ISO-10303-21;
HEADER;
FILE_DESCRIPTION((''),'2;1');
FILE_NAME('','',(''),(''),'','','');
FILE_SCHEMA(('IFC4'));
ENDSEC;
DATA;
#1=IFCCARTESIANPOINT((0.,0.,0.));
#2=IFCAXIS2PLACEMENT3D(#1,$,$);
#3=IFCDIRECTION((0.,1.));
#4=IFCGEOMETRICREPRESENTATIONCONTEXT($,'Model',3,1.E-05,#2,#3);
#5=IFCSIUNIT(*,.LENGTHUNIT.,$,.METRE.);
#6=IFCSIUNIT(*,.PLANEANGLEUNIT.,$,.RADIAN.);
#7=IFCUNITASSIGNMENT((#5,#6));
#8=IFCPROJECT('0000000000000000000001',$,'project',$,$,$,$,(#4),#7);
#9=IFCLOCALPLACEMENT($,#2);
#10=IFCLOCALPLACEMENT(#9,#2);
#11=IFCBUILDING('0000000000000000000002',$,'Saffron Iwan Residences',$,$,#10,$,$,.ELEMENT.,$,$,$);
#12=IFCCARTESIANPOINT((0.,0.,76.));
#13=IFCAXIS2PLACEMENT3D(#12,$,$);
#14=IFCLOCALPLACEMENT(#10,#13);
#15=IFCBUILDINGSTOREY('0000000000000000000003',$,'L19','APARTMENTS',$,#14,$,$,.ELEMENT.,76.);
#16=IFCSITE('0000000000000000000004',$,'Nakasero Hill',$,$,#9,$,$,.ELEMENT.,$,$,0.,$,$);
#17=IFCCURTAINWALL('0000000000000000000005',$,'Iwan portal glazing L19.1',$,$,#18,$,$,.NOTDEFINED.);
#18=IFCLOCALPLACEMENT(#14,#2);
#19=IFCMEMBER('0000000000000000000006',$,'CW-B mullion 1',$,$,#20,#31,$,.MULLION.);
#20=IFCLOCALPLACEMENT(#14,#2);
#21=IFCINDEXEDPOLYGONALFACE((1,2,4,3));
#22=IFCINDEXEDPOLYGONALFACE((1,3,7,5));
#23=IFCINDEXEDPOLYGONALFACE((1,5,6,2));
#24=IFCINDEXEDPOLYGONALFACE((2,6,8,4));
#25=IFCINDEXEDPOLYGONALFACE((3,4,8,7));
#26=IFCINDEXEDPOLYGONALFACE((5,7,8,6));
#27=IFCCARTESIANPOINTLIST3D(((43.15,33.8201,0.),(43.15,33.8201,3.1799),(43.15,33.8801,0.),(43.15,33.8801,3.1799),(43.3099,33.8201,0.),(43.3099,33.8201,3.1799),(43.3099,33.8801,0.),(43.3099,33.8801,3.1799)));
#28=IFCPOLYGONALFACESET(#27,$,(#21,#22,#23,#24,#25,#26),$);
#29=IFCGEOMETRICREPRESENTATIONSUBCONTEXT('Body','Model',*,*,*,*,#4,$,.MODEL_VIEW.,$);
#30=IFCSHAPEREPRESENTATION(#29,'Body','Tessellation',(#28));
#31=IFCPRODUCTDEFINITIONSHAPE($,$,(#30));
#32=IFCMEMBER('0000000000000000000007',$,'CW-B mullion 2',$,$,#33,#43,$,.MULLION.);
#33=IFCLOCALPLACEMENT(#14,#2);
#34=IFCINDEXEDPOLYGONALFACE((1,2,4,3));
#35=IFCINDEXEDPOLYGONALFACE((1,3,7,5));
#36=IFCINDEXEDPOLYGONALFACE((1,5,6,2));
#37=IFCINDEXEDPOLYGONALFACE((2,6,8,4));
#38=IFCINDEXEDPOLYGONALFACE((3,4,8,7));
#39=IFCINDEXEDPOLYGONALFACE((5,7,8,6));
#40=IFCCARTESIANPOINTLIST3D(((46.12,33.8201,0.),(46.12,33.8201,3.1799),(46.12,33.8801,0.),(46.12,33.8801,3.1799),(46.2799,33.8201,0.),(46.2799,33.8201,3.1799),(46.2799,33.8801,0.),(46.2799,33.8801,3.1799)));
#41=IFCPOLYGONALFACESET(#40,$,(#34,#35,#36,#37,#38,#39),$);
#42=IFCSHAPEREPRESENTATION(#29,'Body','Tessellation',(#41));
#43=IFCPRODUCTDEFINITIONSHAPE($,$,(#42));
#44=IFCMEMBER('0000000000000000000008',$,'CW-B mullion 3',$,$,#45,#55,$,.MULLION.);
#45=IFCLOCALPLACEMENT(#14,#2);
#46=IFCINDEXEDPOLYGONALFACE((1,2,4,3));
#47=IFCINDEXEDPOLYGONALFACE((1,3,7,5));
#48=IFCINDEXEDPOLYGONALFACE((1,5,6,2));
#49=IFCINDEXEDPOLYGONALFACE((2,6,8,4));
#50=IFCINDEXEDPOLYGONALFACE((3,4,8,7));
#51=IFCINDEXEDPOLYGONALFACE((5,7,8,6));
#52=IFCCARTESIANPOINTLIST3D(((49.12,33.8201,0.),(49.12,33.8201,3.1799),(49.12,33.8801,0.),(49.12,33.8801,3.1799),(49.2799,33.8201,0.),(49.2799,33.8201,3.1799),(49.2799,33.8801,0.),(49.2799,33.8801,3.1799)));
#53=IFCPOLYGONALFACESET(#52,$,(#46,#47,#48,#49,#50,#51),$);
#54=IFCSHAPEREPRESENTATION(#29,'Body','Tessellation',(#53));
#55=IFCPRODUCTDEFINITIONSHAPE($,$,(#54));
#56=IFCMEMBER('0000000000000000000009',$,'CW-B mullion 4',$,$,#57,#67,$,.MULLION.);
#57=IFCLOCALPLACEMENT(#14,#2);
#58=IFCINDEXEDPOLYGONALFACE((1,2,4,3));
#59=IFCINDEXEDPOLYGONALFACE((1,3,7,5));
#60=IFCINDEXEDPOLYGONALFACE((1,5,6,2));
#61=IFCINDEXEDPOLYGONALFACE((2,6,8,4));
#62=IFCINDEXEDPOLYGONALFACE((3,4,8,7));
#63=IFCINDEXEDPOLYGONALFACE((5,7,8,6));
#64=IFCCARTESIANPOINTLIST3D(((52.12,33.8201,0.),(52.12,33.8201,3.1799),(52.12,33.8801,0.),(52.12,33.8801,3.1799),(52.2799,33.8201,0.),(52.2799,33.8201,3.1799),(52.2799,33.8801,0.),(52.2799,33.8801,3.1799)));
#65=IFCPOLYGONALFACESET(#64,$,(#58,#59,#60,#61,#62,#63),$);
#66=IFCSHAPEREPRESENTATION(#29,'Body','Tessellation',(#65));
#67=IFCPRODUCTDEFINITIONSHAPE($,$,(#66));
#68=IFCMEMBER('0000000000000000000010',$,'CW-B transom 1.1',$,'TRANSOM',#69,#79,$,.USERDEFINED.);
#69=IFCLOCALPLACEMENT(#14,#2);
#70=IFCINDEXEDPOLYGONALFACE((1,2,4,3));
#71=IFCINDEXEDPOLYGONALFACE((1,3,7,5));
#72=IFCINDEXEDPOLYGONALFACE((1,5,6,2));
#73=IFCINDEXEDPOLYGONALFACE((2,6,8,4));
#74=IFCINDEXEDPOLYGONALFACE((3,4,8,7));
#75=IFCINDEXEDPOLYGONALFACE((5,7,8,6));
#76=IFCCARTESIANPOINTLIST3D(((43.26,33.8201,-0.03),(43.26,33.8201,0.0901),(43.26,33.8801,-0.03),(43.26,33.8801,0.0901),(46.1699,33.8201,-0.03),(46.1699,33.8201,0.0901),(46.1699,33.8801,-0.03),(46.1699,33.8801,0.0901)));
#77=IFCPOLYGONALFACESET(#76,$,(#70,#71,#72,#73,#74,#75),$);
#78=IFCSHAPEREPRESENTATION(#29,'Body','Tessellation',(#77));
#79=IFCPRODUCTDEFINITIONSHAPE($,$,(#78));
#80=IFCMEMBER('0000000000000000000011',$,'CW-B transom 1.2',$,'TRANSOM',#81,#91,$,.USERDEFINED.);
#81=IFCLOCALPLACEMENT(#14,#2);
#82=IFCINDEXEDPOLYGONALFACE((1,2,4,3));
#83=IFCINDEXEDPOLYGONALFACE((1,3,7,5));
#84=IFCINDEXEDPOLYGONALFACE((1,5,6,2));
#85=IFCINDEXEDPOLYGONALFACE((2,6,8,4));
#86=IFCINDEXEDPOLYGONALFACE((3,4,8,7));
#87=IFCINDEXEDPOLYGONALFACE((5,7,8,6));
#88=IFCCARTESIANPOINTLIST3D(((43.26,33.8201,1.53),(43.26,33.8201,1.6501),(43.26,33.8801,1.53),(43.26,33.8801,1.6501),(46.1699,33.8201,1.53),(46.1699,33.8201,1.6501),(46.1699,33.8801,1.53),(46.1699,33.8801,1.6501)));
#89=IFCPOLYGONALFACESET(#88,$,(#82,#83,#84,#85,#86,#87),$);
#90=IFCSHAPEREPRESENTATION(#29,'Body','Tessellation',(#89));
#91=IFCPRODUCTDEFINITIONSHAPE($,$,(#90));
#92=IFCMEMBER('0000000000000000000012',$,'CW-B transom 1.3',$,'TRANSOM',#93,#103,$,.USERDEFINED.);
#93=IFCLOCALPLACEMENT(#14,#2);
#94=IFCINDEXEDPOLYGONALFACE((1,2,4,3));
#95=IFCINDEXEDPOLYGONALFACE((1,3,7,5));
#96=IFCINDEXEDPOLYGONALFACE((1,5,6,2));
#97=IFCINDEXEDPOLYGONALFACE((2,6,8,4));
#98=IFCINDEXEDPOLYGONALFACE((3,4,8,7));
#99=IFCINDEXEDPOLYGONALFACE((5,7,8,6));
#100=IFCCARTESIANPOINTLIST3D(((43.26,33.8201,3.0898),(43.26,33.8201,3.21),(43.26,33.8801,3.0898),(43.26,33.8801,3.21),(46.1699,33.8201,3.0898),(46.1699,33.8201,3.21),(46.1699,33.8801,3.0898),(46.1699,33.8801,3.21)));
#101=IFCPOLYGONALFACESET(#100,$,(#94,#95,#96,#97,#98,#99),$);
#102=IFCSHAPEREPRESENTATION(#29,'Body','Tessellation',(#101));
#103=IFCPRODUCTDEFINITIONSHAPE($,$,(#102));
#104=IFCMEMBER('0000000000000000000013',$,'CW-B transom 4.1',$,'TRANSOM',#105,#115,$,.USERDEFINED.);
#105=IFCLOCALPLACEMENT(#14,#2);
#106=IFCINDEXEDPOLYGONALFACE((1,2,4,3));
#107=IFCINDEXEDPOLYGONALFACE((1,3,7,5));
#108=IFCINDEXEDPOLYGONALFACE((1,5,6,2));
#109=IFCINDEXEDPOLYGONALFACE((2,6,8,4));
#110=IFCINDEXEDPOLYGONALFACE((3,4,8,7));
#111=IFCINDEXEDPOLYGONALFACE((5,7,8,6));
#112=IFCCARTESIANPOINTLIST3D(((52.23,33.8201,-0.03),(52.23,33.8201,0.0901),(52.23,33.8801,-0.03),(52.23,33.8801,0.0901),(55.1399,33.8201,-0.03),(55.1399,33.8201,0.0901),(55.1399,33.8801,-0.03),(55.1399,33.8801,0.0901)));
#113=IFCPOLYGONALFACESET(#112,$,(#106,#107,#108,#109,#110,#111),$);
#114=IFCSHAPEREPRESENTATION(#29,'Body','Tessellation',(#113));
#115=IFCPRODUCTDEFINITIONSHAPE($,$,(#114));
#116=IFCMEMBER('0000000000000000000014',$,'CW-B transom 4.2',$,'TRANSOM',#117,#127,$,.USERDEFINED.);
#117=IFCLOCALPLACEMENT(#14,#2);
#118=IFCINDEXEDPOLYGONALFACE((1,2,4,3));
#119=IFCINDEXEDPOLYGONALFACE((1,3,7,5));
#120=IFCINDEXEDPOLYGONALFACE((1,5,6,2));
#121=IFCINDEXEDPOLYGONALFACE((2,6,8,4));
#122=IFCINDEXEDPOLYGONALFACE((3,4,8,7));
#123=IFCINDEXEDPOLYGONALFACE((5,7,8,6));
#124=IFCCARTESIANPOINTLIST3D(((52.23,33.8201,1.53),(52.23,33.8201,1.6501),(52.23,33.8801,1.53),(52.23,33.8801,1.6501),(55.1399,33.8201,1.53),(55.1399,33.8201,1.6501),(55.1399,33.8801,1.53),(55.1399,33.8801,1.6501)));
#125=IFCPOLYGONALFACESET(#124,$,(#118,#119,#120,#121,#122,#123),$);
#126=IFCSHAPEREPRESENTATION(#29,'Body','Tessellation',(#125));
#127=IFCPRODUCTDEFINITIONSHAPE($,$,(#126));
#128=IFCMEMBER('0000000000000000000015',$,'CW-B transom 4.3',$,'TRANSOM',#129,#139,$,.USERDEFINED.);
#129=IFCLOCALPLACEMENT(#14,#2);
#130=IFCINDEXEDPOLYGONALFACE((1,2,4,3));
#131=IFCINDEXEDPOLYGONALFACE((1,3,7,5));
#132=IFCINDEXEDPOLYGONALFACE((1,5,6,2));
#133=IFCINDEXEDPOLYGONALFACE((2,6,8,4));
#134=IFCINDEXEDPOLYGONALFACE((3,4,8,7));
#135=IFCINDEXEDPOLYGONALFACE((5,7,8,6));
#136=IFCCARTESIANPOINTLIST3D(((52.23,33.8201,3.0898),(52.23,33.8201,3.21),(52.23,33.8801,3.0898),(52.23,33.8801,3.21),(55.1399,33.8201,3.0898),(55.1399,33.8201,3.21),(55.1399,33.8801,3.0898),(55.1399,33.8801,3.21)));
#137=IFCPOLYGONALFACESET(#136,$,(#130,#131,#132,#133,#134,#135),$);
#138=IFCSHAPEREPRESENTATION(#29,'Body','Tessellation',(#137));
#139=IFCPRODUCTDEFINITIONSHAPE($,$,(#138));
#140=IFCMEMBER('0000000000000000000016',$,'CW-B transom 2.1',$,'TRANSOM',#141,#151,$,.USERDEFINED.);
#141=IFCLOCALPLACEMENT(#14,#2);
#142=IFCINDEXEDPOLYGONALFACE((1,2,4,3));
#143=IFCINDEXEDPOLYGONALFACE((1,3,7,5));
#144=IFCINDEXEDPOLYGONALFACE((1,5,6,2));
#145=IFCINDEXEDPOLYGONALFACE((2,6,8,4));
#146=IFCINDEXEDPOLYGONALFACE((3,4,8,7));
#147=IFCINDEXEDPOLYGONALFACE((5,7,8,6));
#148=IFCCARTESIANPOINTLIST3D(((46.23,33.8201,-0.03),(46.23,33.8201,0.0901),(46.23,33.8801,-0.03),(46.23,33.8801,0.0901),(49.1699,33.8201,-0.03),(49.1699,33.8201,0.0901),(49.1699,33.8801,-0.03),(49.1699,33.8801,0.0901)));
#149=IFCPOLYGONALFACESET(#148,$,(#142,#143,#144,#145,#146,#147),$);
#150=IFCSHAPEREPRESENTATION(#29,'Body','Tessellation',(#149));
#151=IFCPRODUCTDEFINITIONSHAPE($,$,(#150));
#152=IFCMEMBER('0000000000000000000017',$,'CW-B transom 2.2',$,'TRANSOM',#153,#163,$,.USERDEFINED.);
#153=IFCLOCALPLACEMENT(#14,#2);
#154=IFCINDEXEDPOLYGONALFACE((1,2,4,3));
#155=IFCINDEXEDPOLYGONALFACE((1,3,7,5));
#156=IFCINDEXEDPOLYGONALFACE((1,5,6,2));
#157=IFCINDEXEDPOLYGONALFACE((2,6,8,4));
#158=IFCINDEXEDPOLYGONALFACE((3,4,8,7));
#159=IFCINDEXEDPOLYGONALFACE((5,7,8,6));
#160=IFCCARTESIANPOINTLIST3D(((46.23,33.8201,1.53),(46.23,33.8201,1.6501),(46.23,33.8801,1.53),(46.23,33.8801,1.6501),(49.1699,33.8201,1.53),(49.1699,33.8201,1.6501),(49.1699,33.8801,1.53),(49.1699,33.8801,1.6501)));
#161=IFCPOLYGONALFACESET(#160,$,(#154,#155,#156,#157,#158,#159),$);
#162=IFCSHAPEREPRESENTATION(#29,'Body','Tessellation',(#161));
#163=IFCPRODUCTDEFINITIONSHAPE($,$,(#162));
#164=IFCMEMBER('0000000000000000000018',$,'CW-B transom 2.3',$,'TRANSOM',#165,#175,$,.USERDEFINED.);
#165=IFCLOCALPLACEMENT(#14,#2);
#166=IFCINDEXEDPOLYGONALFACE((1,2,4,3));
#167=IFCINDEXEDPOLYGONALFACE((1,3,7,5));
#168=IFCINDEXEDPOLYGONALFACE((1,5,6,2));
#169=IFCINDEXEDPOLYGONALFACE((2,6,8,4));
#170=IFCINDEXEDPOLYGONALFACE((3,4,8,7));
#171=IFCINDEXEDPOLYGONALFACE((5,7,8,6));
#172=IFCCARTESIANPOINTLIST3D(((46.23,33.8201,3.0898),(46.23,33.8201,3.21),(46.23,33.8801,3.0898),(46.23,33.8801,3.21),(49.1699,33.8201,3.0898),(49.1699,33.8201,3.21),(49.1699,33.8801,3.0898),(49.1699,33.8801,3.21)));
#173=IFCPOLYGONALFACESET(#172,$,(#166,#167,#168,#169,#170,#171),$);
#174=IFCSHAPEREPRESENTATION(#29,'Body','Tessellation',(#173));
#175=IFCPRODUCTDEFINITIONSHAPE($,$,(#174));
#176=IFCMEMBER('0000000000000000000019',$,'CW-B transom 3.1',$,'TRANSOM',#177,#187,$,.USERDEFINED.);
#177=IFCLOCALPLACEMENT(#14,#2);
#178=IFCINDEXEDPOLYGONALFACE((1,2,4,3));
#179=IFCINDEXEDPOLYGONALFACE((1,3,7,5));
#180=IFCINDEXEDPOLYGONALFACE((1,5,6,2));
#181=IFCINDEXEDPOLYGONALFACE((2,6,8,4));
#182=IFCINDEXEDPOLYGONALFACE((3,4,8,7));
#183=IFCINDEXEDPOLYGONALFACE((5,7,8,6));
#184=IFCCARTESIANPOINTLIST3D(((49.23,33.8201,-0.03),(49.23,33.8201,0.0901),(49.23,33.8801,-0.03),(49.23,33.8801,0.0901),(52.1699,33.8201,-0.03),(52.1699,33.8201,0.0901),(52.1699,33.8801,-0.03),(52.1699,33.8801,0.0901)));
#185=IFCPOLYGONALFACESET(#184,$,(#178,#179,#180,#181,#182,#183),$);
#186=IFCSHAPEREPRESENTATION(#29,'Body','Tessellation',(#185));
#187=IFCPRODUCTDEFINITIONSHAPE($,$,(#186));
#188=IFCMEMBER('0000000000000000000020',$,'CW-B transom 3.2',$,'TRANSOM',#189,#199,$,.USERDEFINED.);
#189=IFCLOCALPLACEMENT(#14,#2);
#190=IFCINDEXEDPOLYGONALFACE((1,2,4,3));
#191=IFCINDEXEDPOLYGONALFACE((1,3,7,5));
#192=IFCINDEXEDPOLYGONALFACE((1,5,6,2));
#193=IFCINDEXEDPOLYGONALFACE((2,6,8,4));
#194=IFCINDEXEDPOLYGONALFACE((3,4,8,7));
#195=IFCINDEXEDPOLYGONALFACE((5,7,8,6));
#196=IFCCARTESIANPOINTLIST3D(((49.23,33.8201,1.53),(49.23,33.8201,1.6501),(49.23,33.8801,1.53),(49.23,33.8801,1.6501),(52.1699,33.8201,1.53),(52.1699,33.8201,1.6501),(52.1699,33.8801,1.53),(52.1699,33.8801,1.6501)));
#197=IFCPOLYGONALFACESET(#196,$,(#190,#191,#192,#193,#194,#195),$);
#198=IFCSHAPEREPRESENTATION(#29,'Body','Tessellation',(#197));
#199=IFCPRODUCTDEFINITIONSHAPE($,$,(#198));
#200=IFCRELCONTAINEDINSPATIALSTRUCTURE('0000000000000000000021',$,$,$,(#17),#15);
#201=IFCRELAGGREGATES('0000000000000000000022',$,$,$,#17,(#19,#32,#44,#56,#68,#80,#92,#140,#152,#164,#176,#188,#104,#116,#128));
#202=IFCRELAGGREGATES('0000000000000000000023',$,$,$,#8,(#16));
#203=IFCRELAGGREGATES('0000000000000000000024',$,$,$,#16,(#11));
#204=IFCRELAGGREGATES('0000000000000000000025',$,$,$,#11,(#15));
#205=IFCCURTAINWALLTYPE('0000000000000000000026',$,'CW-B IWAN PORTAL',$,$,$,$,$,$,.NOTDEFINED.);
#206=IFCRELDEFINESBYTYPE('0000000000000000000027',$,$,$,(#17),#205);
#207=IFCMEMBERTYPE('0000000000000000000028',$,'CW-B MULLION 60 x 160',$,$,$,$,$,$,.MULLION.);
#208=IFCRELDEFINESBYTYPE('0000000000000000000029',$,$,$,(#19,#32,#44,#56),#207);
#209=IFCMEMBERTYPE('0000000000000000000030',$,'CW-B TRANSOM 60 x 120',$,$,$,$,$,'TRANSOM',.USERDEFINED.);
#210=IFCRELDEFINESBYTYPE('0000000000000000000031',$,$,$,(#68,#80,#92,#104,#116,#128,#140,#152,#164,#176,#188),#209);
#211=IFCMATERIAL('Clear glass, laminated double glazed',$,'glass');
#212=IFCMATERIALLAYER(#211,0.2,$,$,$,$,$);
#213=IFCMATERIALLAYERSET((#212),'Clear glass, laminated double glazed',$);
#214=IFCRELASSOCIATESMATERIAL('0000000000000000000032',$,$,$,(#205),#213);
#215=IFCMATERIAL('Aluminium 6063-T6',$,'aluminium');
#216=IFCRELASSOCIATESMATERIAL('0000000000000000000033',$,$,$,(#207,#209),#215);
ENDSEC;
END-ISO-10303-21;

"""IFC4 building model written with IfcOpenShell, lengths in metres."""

from ifc_helpers import new_model, si_unit, direction, frame, origin, origin_2d, place, context, subcontext, project, spatial, rectangle, extrude, source, transform, mapped, material, layer, layer_set, material_profile, profile_set, type_object, element, aggregate, save


model = new_model("IFC4")

# Units and contexts
model_context = context("Model", 3, precision=1e-05, world=origin(), true_north=direction((0.0, 1.0)))
body_context = subcontext(model_context, "Body", "Model", "MODEL_VIEW")
ifc_project = project(units=[si_unit("LENGTHUNIT", "METRE"), si_unit("PLANEANGLEUNIT", "RADIAN")], contexts=[model_context])

# Site, building, storey
site_placement = place(None, origin())
site = spatial("IfcSite", under=ifc_project, at=site_placement, Name="Nakasero Hill", CompositionType="ELEMENT", RefElevation=0.0)
building_placement = place(site_placement, origin())
building = spatial("IfcBuilding", under=site, at=building_placement, Name="Saffron Iwan Residences", CompositionType="ELEMENT")
storey_placement = place(building_placement, frame((0.0, 0.0, 76.0)))
storey = spatial("IfcBuildingStorey", under=building, at=storey_placement, Name="L19", Description="APARTMENTS", CompositionType="ELEMENT", Elevation=76.0)

# Curtain wall, members
ifc_material_1 = material(Name="Clear glass, laminated double glazed", Category="glass")
ifc_layer_1 = layer(ifc_material_1, 0.2)
ifc_layer_set_1 = layer_set([ifc_layer_1], Name="Clear glass, laminated double glazed")
curtain_wall_type = type_object("IfcCurtainWallType", Name="CW-B IWAN PORTAL", PredefinedType="NOTDEFINED", material=ifc_layer_set_1)
curtain_wall_placement = place(storey_placement, origin())
curtain_wall = element("IfcCurtainWall", 1, at=curtain_wall_placement, inside=storey, type_object=curtain_wall_type, Name="Iwan portal glazing L19.1", PredefinedType="NOTDEFINED")
ifc_material_2 = material(Name="Aluminium 6063-T6", Category="aluminium")
ifc_material_profile_1 = material_profile(ifc_material_2, rectangle(XDim=0.0601, YDim=0.1599, at=origin_2d()), Name="CW-B MULLION 60 x 160")
ifc_profile_set_1 = profile_set([ifc_material_profile_1], Name="Aluminium 6063-T6")
member_type_1 = type_object("IfcMemberType", Name="CW-B MULLION 60 x 160", PredefinedType="MULLION", material=ifc_profile_set_1)
shared_shape_1 = source(origin(), body_context, "Body", "SweptSolid", [
    extrude(rectangle(XDim=0.0601, YDim=0.1599, at=origin_2d()), origin(), (0.0, 0.0, 1.0), 3.1799),
])
member_1_placement = place(storey_placement, frame((43.23, 33.8501, 0.0), z_axis=(0.0, 0.0, 1.0), x_axis=(0.0, 1.0, 0.0)))
member_1 = element("IfcMember", 2, at=member_1_placement, type_object=member_type_1, Name="CW-B mullion 1", PredefinedType="MULLION", context=body_context, shape_type="MappedRepresentation", body=[
    mapped(shared_shape_1, transform((0.0, 0.0, 0.0))),
])
member_2_placement = place(storey_placement, frame((46.2, 33.8501, 0.0), z_axis=(0.0, 0.0, 1.0), x_axis=(0.0, 1.0, 0.0)))
member_2 = element("IfcMember", 3, at=member_2_placement, type_object=member_type_1, Name="CW-B mullion 2", PredefinedType="MULLION", context=body_context, shape_type="MappedRepresentation", body=[
    mapped(shared_shape_1, transform((0.0, 0.0, 0.0))),
])
member_3_placement = place(storey_placement, frame((49.2, 33.8501, 0.0), z_axis=(0.0, 0.0, 1.0), x_axis=(0.0, 1.0, 0.0)))
member_3 = element("IfcMember", 4, at=member_3_placement, type_object=member_type_1, Name="CW-B mullion 3", PredefinedType="MULLION", context=body_context, shape_type="MappedRepresentation", body=[
    mapped(shared_shape_1, transform((0.0, 0.0, 0.0))),
])
member_4_placement = place(storey_placement, frame((52.2, 33.8501, 0.0), z_axis=(0.0, 0.0, 1.0), x_axis=(0.0, 1.0, 0.0)))
member_4 = element("IfcMember", 5, at=member_4_placement, type_object=member_type_1, Name="CW-B mullion 4", PredefinedType="MULLION", context=body_context, shape_type="MappedRepresentation", body=[
    mapped(shared_shape_1, transform((0.0, 0.0, 0.0))),
])
ifc_material_profile_2 = material_profile(ifc_material_2, rectangle(XDim=0.0601, YDim=0.1201, at=origin_2d()), Name="CW-B TRANSOM 60 x 120")
ifc_profile_set_2 = profile_set([ifc_material_profile_2], Name="Aluminium 6063-T6")
member_type_2 = type_object("IfcMemberType", Name="CW-B TRANSOM 60 x 120", ElementType="TRANSOM", PredefinedType="USERDEFINED", material=ifc_profile_set_2)
shared_shape_2 = source(origin(), body_context, "Body", "SweptSolid", [
    extrude(rectangle(XDim=0.0601, YDim=0.1201, at=origin_2d()), origin(), (0.0, 0.0, 1.0), 2.9099),
])
member_5_placement = place(storey_placement, frame((43.26, 33.8501, 0.03), z_axis=(1.0, 0.0, 0.0), x_axis=(0.0, 1.0, 0.0)))
member_5 = element("IfcMember", 6, at=member_5_placement, type_object=member_type_2, Name="CW-B transom 1.1", ObjectType="TRANSOM", PredefinedType="USERDEFINED", context=body_context, shape_type="MappedRepresentation", body=[
    mapped(shared_shape_2, transform((0.0, 0.0, 0.0))),
])
member_6_placement = place(storey_placement, frame((43.26, 33.8501, 1.5901), z_axis=(1.0, 0.0, 0.0), x_axis=(0.0, 1.0, 0.0)))
member_6 = element("IfcMember", 7, at=member_6_placement, type_object=member_type_2, Name="CW-B transom 1.2", ObjectType="TRANSOM", PredefinedType="USERDEFINED", context=body_context, shape_type="MappedRepresentation", body=[
    mapped(shared_shape_2, transform((0.0, 0.0, 0.0))),
])
member_7_placement = place(storey_placement, frame((43.26, 33.8501, 3.1499), z_axis=(1.0, 0.0, 0.0), x_axis=(0.0, 1.0, 0.0)))
member_7 = element("IfcMember", 8, at=member_7_placement, type_object=member_type_2, Name="CW-B transom 1.3", ObjectType="TRANSOM", PredefinedType="USERDEFINED", context=body_context, shape_type="MappedRepresentation", body=[
    mapped(shared_shape_2, transform((0.0, 0.0, 0.0))),
])
member_8_placement = place(storey_placement, frame((52.23, 33.8501, 0.03), z_axis=(1.0, 0.0, 0.0), x_axis=(0.0, 1.0, 0.0)))
member_8 = element("IfcMember", 9, at=member_8_placement, type_object=member_type_2, Name="CW-B transom 4.1", ObjectType="TRANSOM", PredefinedType="USERDEFINED", context=body_context, shape_type="MappedRepresentation", body=[
    mapped(shared_shape_2, transform((0.0, 0.0, 0.0))),
])
member_9_placement = place(storey_placement, frame((52.23, 33.8501, 1.5901), z_axis=(1.0, 0.0, 0.0), x_axis=(0.0, 1.0, 0.0)))
member_9 = element("IfcMember", 10, at=member_9_placement, type_object=member_type_2, Name="CW-B transom 4.2", ObjectType="TRANSOM", PredefinedType="USERDEFINED", context=body_context, shape_type="MappedRepresentation", body=[
    mapped(shared_shape_2, transform((0.0, 0.0, 0.0))),
])
member_10_placement = place(storey_placement, frame((52.23, 33.8501, 3.1499), z_axis=(1.0, 0.0, 0.0), x_axis=(0.0, 1.0, 0.0)))
member_10 = element("IfcMember", 11, at=member_10_placement, type_object=member_type_2, Name="CW-B transom 4.3", ObjectType="TRANSOM", PredefinedType="USERDEFINED", context=body_context, shape_type="MappedRepresentation", body=[
    mapped(shared_shape_2, transform((0.0, 0.0, 0.0))),
])
shared_shape_3 = source(origin(), body_context, "Body", "SweptSolid", [
    extrude(rectangle(XDim=0.0601, YDim=0.1201, at=origin_2d()), origin(), (0.0, 0.0, 1.0), 2.9399),
])
member_11_placement = place(storey_placement, frame((46.23, 33.8501, 0.03), z_axis=(1.0, 0.0, 0.0), x_axis=(0.0, 1.0, 0.0)))
member_11 = element("IfcMember", 12, at=member_11_placement, type_object=member_type_2, Name="CW-B transom 2.1", ObjectType="TRANSOM", PredefinedType="USERDEFINED", context=body_context, shape_type="MappedRepresentation", body=[
    mapped(shared_shape_3, transform((0.0, 0.0, 0.0))),
])
member_12_placement = place(storey_placement, frame((46.23, 33.8501, 1.5901), z_axis=(1.0, 0.0, 0.0), x_axis=(0.0, 1.0, 0.0)))
member_12 = element("IfcMember", 13, at=member_12_placement, type_object=member_type_2, Name="CW-B transom 2.2", ObjectType="TRANSOM", PredefinedType="USERDEFINED", context=body_context, shape_type="MappedRepresentation", body=[
    mapped(shared_shape_3, transform((0.0, 0.0, 0.0))),
])
member_13_placement = place(storey_placement, frame((46.23, 33.8501, 3.1499), z_axis=(1.0, 0.0, 0.0), x_axis=(0.0, 1.0, 0.0)))
member_13 = element("IfcMember", 14, at=member_13_placement, type_object=member_type_2, Name="CW-B transom 2.3", ObjectType="TRANSOM", PredefinedType="USERDEFINED", context=body_context, shape_type="MappedRepresentation", body=[
    mapped(shared_shape_3, transform((0.0, 0.0, 0.0))),
])
member_14_placement = place(storey_placement, frame((49.23, 33.8501, 0.03), z_axis=(1.0, 0.0, 0.0), x_axis=(0.0, 1.0, 0.0)))
member_14 = element("IfcMember", 15, at=member_14_placement, type_object=member_type_2, Name="CW-B transom 3.1", ObjectType="TRANSOM", PredefinedType="USERDEFINED", context=body_context, shape_type="MappedRepresentation", body=[
    mapped(shared_shape_3, transform((0.0, 0.0, 0.0))),
])
member_15_placement = place(storey_placement, frame((49.23, 33.8501, 1.5901), z_axis=(1.0, 0.0, 0.0), x_axis=(0.0, 1.0, 0.0)))
member_15 = element("IfcMember", 16, at=member_15_placement, type_object=member_type_2, Name="CW-B transom 3.2", ObjectType="TRANSOM", PredefinedType="USERDEFINED", context=body_context, shape_type="MappedRepresentation", body=[
    mapped(shared_shape_3, transform((0.0, 0.0, 0.0))),
])
aggregate(curtain_wall, [member_1, member_2, member_3, member_4, member_5, member_6, member_7, member_11, member_12, member_13, member_14, member_15, member_8, member_9, member_10])

save(model, "model.ifc")
